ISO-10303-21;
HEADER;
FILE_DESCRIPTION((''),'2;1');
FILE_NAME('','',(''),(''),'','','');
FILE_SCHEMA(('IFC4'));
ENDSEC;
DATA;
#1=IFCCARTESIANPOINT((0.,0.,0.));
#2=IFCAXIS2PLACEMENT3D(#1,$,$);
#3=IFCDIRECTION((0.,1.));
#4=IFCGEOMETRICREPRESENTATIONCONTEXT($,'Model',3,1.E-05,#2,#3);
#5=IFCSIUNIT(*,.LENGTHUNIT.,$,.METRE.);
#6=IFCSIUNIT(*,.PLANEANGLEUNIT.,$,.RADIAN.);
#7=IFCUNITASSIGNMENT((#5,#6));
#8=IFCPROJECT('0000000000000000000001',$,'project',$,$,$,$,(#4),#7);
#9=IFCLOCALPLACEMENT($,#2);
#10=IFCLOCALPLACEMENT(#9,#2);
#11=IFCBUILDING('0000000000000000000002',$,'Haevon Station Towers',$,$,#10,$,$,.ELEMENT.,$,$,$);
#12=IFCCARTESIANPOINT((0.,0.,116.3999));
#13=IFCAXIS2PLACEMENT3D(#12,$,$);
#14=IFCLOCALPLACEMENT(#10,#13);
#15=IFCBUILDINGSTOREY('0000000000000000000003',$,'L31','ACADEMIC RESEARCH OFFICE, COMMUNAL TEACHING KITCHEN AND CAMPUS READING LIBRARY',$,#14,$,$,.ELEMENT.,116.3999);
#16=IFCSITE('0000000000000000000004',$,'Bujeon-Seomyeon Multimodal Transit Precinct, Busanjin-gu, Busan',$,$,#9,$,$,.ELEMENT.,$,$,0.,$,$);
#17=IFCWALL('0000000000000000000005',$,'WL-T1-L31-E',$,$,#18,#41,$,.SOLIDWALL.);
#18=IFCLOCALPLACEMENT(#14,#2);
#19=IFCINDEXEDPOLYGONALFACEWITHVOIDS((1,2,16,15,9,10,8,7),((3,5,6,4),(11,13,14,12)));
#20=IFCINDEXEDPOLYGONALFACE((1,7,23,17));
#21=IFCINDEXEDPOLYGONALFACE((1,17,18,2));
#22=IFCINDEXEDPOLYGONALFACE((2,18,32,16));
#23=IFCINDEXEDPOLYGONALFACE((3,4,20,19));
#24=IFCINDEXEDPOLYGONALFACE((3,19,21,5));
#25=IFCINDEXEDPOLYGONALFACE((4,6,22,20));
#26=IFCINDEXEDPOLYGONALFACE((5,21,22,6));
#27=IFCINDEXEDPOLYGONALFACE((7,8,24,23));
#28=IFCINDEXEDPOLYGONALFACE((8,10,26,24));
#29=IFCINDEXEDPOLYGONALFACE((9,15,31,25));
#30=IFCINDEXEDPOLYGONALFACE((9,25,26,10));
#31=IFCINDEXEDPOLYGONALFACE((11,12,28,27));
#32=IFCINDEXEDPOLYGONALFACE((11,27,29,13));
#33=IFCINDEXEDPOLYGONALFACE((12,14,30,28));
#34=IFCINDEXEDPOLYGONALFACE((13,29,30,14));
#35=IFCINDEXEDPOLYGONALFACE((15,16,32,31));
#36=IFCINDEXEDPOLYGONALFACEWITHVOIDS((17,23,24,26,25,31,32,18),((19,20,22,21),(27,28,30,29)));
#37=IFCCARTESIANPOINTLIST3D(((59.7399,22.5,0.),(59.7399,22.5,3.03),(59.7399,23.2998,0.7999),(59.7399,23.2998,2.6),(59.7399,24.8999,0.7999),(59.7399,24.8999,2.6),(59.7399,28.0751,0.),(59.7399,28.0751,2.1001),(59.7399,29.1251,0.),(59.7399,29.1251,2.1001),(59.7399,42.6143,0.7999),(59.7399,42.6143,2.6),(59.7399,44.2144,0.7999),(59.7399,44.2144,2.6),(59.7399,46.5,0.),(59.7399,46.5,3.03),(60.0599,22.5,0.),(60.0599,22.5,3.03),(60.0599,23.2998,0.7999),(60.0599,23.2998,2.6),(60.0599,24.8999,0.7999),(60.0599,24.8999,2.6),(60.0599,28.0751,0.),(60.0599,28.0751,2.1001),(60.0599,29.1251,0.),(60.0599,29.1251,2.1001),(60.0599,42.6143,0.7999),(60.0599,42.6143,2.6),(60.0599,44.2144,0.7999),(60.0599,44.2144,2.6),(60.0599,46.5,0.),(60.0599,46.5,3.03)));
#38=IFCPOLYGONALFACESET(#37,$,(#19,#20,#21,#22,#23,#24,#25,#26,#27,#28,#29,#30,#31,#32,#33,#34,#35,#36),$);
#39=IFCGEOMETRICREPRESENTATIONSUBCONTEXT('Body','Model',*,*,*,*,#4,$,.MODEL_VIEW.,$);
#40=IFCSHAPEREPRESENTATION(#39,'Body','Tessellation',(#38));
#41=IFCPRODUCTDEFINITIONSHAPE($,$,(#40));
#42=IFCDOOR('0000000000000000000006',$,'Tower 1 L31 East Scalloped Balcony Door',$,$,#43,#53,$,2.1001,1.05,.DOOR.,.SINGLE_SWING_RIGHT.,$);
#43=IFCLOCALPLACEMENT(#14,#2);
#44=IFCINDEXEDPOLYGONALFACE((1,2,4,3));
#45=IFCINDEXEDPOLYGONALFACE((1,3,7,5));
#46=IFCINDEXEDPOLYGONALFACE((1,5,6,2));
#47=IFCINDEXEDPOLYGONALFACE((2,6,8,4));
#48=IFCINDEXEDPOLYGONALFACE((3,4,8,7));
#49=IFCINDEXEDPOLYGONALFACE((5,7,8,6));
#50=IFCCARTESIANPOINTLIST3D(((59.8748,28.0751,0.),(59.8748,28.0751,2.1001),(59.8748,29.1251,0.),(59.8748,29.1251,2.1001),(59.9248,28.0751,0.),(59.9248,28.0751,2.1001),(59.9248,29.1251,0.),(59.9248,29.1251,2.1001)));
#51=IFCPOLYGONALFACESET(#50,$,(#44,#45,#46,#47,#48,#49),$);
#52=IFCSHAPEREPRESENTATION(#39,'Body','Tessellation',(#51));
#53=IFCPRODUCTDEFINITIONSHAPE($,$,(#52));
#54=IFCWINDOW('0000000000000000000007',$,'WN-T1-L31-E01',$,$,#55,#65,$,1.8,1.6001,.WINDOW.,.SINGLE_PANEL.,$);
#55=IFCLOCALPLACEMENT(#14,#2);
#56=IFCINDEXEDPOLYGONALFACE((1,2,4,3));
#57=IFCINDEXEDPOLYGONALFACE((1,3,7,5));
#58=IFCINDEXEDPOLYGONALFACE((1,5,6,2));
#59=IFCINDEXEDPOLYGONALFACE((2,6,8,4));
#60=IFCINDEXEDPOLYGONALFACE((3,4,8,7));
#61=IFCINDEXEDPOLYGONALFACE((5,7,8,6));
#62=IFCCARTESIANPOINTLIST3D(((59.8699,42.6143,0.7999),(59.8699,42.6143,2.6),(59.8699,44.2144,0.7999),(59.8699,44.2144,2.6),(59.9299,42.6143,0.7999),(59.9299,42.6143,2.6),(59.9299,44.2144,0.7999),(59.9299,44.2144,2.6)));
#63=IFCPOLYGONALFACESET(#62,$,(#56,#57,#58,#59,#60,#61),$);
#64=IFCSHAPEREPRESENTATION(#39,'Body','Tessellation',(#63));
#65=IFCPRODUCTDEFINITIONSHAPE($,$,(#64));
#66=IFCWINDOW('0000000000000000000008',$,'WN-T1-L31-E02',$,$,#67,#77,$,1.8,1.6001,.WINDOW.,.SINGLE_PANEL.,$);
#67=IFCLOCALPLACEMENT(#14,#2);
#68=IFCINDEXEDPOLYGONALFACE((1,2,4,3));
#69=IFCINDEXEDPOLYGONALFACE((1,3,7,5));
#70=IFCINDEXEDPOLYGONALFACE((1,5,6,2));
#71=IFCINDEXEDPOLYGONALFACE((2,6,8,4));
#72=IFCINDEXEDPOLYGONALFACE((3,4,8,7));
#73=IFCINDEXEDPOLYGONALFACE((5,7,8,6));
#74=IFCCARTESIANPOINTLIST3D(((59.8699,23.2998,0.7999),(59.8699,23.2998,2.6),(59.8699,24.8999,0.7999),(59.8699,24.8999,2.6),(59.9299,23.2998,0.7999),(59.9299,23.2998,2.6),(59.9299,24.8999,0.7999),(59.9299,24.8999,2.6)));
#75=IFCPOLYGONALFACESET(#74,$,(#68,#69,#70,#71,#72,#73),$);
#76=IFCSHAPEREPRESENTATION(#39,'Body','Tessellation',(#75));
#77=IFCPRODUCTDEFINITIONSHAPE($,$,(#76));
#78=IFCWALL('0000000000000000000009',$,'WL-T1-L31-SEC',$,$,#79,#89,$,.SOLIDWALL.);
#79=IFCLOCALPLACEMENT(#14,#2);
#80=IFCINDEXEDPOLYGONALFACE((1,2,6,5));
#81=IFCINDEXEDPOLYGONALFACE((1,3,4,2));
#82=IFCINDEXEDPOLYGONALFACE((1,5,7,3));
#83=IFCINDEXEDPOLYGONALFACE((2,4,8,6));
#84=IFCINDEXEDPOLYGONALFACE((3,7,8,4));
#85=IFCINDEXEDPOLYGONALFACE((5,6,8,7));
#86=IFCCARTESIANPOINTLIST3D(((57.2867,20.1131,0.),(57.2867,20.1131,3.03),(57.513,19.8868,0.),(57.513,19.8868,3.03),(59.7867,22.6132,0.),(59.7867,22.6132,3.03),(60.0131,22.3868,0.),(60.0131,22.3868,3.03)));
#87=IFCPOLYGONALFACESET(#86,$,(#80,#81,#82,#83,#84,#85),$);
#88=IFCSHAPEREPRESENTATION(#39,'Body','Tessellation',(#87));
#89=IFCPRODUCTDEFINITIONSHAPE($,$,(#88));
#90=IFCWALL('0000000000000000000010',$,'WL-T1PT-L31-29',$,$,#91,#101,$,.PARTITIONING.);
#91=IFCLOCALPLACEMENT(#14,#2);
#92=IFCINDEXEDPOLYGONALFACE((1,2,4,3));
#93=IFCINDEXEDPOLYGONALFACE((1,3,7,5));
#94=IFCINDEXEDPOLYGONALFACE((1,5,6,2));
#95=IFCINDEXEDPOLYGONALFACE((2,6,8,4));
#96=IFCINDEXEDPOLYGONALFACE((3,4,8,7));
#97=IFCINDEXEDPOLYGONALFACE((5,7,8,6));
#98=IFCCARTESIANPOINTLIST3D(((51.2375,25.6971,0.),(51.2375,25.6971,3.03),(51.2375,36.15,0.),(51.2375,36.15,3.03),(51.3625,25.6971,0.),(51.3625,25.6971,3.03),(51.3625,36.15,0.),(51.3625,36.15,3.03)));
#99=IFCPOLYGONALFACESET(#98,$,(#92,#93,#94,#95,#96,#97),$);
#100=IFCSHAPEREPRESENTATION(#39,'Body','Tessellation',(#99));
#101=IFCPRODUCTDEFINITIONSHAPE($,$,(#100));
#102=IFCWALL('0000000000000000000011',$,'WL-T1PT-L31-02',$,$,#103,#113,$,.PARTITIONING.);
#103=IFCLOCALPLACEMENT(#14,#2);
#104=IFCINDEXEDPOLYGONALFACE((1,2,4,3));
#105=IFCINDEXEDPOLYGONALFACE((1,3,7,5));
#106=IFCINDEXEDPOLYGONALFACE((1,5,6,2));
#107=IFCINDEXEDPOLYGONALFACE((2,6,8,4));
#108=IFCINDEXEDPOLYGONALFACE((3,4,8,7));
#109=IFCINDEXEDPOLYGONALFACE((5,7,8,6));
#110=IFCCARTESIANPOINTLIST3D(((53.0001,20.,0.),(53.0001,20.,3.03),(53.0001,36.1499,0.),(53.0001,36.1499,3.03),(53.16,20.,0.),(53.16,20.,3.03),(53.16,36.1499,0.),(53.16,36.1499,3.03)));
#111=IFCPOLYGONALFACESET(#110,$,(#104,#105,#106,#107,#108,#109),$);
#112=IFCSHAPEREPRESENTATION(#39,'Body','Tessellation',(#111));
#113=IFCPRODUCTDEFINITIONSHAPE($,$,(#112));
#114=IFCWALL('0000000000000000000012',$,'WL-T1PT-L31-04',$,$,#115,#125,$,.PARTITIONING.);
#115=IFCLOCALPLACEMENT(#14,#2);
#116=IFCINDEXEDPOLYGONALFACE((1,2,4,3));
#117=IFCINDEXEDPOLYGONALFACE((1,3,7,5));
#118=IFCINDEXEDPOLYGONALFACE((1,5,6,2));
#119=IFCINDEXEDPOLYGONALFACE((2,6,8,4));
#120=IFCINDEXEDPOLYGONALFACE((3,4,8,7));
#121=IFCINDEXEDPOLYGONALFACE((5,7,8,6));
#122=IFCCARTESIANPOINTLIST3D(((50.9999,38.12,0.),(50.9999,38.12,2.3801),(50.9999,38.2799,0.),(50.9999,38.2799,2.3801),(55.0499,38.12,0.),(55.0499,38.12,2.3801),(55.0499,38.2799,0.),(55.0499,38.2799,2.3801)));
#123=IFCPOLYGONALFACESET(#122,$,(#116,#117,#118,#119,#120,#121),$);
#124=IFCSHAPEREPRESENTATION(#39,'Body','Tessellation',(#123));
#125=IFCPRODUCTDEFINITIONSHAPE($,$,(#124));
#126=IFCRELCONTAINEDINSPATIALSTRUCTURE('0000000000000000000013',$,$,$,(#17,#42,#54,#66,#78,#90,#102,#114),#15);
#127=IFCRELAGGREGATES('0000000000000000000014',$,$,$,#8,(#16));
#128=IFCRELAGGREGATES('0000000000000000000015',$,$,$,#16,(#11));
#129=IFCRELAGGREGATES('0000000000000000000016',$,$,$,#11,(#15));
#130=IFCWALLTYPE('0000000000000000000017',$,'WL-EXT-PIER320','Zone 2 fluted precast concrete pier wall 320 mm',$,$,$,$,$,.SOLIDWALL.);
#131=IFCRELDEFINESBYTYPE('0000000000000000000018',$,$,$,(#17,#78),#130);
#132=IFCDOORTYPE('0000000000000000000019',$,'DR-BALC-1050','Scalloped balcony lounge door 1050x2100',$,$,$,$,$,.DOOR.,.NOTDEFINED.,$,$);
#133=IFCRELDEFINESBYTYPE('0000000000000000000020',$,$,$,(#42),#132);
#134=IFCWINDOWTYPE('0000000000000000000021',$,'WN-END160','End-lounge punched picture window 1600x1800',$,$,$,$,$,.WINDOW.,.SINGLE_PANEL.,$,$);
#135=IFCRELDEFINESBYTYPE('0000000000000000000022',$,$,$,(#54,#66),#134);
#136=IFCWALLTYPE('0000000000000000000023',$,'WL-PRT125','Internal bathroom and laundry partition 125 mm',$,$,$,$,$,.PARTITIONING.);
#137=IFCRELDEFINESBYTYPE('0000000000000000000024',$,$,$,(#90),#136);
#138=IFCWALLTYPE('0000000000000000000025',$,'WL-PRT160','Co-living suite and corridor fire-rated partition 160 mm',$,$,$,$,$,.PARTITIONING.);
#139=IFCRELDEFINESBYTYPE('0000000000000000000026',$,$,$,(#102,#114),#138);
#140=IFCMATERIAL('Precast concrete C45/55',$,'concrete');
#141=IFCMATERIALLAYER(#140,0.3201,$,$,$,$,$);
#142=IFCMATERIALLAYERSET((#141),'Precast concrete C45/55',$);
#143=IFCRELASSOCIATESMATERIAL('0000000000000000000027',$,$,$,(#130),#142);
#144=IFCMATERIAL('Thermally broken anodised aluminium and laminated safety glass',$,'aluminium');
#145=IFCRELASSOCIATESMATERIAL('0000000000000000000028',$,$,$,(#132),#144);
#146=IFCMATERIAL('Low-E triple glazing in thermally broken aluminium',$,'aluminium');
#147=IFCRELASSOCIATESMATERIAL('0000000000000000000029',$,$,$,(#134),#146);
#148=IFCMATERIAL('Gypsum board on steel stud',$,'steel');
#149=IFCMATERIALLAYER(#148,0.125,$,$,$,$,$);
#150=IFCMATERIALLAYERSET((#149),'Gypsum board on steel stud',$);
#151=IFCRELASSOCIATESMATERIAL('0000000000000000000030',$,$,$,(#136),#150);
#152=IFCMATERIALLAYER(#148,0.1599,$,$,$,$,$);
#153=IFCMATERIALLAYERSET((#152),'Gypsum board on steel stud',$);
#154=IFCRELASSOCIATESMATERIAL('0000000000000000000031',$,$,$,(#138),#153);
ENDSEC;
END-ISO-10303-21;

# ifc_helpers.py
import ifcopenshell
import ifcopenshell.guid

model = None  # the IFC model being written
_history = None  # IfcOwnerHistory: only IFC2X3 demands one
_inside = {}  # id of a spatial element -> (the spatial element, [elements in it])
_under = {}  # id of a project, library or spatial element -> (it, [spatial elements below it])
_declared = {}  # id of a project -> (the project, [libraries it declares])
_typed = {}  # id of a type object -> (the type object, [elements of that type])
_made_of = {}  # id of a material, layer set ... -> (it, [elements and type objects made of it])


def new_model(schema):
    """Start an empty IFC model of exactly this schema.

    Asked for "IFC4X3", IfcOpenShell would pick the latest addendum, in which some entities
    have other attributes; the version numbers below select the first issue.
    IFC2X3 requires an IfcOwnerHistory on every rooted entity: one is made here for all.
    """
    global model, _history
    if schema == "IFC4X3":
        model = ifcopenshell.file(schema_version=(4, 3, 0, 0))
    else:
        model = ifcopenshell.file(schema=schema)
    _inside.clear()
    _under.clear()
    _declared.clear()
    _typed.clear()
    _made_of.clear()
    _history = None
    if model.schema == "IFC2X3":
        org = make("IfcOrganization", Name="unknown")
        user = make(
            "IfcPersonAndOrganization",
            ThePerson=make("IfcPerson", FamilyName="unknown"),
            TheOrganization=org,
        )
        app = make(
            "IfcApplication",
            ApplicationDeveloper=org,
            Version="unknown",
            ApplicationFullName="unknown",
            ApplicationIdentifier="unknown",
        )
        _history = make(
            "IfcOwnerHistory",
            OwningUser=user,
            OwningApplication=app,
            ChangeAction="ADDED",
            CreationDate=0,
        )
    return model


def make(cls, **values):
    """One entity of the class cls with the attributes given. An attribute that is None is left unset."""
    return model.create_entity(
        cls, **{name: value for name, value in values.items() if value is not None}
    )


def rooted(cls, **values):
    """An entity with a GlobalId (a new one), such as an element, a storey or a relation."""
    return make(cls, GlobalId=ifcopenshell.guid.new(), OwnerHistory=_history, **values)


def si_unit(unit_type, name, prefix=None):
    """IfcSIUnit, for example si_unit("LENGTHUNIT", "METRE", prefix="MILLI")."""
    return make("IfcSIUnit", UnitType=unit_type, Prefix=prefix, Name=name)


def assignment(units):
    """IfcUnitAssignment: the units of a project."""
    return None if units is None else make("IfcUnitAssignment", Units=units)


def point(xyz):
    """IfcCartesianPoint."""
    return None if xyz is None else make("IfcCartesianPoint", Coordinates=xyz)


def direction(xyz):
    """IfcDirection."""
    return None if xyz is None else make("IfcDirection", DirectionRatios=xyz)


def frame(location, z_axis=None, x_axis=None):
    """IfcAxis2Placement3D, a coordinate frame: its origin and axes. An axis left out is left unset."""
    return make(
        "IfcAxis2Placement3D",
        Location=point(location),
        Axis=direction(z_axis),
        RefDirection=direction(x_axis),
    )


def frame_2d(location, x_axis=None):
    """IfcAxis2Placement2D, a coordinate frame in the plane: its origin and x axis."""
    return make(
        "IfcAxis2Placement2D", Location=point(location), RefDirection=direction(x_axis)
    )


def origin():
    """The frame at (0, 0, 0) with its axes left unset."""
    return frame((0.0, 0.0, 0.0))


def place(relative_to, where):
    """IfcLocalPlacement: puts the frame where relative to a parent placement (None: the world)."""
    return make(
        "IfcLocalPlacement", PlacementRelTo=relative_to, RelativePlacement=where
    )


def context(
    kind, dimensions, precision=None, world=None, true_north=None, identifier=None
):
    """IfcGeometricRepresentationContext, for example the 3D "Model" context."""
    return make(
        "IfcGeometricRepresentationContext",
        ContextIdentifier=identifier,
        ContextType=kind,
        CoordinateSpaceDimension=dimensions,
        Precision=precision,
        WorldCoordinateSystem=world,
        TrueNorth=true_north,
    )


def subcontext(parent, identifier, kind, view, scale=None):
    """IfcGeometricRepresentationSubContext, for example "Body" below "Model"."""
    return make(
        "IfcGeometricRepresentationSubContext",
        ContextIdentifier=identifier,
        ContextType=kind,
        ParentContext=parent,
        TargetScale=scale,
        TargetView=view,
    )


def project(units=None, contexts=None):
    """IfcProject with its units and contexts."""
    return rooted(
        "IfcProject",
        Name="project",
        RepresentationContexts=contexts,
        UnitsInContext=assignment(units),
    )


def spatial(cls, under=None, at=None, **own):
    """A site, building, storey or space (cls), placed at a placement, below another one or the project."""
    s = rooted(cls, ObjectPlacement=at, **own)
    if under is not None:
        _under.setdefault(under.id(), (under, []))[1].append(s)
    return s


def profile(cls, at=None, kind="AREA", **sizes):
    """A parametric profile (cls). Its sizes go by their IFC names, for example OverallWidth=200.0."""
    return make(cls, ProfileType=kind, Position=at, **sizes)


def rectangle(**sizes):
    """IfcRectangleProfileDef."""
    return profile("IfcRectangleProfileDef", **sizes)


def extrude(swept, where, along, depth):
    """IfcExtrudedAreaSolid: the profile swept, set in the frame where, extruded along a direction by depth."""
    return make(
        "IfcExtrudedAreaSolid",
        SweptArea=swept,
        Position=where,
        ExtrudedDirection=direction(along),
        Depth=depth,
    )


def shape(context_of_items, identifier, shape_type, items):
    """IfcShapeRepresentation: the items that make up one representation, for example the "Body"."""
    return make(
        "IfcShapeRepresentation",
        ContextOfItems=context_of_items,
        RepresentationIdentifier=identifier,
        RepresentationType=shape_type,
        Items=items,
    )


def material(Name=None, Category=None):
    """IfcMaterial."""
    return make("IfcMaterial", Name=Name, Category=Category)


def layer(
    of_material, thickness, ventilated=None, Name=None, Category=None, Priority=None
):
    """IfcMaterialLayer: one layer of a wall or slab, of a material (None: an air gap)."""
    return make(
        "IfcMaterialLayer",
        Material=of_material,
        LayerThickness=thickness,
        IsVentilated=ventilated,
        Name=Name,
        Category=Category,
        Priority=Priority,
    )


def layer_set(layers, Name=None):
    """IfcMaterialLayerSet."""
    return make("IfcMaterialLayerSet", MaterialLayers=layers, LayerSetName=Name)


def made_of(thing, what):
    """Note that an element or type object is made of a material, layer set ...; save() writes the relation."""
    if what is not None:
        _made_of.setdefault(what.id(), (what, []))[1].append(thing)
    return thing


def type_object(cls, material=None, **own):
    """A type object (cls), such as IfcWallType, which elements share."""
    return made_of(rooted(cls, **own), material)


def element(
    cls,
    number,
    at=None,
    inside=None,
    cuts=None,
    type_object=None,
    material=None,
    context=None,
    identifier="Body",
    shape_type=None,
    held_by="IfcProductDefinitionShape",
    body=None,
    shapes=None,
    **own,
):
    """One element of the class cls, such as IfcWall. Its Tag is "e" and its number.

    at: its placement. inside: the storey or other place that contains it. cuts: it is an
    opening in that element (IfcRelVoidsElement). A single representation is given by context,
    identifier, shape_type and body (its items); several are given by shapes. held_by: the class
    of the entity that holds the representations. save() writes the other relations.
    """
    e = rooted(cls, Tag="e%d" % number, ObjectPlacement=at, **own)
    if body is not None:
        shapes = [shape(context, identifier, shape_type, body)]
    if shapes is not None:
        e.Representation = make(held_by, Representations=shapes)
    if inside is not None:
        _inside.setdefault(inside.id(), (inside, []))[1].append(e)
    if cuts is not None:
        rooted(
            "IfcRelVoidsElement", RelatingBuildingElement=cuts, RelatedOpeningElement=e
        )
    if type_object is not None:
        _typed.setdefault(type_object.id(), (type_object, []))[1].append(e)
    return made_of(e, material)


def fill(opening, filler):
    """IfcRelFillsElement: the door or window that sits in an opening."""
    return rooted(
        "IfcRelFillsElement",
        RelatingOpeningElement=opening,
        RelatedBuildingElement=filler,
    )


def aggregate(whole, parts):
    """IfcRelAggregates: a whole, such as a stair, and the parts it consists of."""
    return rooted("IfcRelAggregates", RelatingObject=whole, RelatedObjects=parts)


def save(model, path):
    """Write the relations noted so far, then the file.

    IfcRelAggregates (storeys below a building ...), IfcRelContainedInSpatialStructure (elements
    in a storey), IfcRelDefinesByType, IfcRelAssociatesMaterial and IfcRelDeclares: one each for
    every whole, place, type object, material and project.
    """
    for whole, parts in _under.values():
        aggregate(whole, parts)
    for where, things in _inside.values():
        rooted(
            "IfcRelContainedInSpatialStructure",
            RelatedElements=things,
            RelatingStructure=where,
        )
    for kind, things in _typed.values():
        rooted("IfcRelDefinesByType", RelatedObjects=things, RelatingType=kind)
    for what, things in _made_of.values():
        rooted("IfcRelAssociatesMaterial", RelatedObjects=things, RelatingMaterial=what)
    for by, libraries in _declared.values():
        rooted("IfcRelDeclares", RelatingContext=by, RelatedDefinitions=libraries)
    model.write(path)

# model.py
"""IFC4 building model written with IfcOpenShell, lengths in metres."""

from ifc_helpers import new_model, si_unit, direction, frame, frame_2d, origin, place, context, subcontext, project, spatial, rectangle, extrude, material, layer, layer_set, type_object, element, fill, save


model = new_model("IFC4")

# Units and contexts
model_context = context("Model", 3, precision=1e-05, world=origin(), true_north=direction((0.0, 1.0)))
body_context = subcontext(model_context, "Body", "Model", "MODEL_VIEW")
ifc_project = project(units=[si_unit("LENGTHUNIT", "METRE"), si_unit("PLANEANGLEUNIT", "RADIAN")], contexts=[model_context])

# Site, building, storey
site_placement = place(None, origin())
site = spatial("IfcSite", under=ifc_project, at=site_placement, Name="Bujeon-Seomyeon Multimodal Transit Precinct, Busanjin-gu, Busan", CompositionType="ELEMENT", RefElevation=0.0)
building_placement = place(site_placement, origin())
building = spatial("IfcBuilding", under=site, at=building_placement, Name="Haevon Station Towers", CompositionType="ELEMENT")
storey_placement = place(building_placement, frame((0.0, 0.0, 116.3999)))
storey = spatial("IfcBuildingStorey", under=building, at=storey_placement, Name="L31", Description="ACADEMIC RESEARCH OFFICE, COMMUNAL TEACHING KITCHEN AND CAMPUS READING LIBRARY", CompositionType="ELEMENT", Elevation=116.3999)

# Shared definitions
ifc_material_1 = material(Name="Gypsum board on steel stud", Category="steel")

# Shared definitions
ifc_material_2 = material(Name="Precast concrete C45/55", Category="concrete")
ifc_layer_1 = layer(ifc_material_2, 0.3201)
ifc_layer_set_1 = layer_set([ifc_layer_1], Name="Precast concrete C45/55")
wall_type_1 = type_object("IfcWallType", Name="WL-EXT-PIER320", Description="Zone 2 fluted precast concrete pier wall 320 mm", PredefinedType="SOLIDWALL", material=ifc_layer_set_1)
ifc_material_3 = material(Name="Low-E triple glazing in thermally broken aluminium", Category="aluminium")

# Wall, openings, door, windows
wall_1_placement = place(storey_placement, frame((59.8999, 46.5, 0.0), z_axis=(0.0, 0.0, 1.0), x_axis=(0.0, -1.0, 0.0)))
wall_1 = element("IfcWall", 1, at=wall_1_placement, inside=storey, type_object=wall_type_1, Name="WL-T1-L31-E", PredefinedType="SOLIDWALL", context=body_context, shape_type="SweptSolid", body=[
    extrude(rectangle(XDim=24.0, YDim=0.3201, at=frame_2d((12.0, 0.0))), origin(), (0.0, 0.0, 1.0), 3.03),
])
opening_1_placement = place(wall_1_placement, frame((17.375, 0.0, 0.0)))
opening_1 = element("IfcOpeningElement", 2, at=opening_1_placement, cuts=wall_1, PredefinedType="OPENING", context=body_context, shape_type="SweptSolid", body=[
    extrude(rectangle(XDim=1.05, YDim=2.1001, at=frame_2d((0.5249, 1.05))), frame((0.0, 0.1699, 0.0), z_axis=(0.0, -1.0, 0.0), x_axis=(1.0, 0.0, 0.0)), (0.0, 0.0, 1.0), 0.3401),
])
opening_2_placement = place(wall_1_placement, frame((2.2856, 0.0, 0.8)))
opening_2 = element("IfcOpeningElement", 3, at=opening_2_placement, cuts=wall_1, PredefinedType="OPENING", context=body_context, shape_type="SweptSolid", body=[
    extrude(rectangle(XDim=1.6001, YDim=1.8, at=frame_2d((0.8, 0.8999))), frame((0.0, 0.1699, 0.0), z_axis=(0.0, -1.0, 0.0), x_axis=(1.0, 0.0, 0.0)), (0.0, 0.0, 1.0), 0.3401),
])
opening_3_placement = place(wall_1_placement, frame((21.6001, 0.0, 0.8)))
opening_3 = element("IfcOpeningElement", 4, at=opening_3_placement, cuts=wall_1, PredefinedType="OPENING", context=body_context, shape_type="SweptSolid", body=[
    extrude(rectangle(XDim=1.6001, YDim=1.8, at=frame_2d((0.8, 0.8999))), frame((0.0, 0.1699, 0.0), z_axis=(0.0, -1.0, 0.0), x_axis=(1.0, 0.0, 0.0)), (0.0, 0.0, 1.0), 0.3401),
])
ifc_material_4 = material(Name="Thermally broken anodised aluminium and laminated safety glass", Category="aluminium")
door_type_1 = type_object("IfcDoorType", Name="DR-BALC-1050", Description="Scalloped balcony lounge door 1050x2100", OperationType="NOTDEFINED", PredefinedType="DOOR", material=ifc_material_4)
door_1_placement = place(opening_1_placement, origin())
door_1 = element("IfcDoor", 5, at=door_1_placement, inside=storey, type_object=door_type_1, Name="Tower 1 L31 East Scalloped Balcony Door", OperationType="SINGLE_SWING_RIGHT", OverallHeight=2.1001, OverallWidth=1.05, PredefinedType="DOOR", context=body_context, shape_type="SweptSolid", body=[
    extrude(rectangle(XDim=1.05, YDim=2.1001, at=frame_2d((0.5249, 1.05))), frame((0.0, 0.0249, 0.0), z_axis=(0.0, -1.0, 0.0), x_axis=(1.0, 0.0, 0.0)), (0.0, 0.0, 1.0), 0.05),
])
fill(opening_1, door_1)
window_type_1 = type_object("IfcWindowType", Name="WN-END160", Description="End-lounge punched picture window 1600x1800", PartitioningType="SINGLE_PANEL", PredefinedType="WINDOW", material=ifc_material_3)
window_1_placement = place(opening_2_placement, origin())
window_1 = element("IfcWindow", 6, at=window_1_placement, inside=storey, type_object=window_type_1, Name="WN-T1-L31-E01", OverallHeight=1.8, OverallWidth=1.6001, PartitioningType="SINGLE_PANEL", PredefinedType="WINDOW", context=body_context, shape_type="SweptSolid", body=[
    extrude(rectangle(XDim=1.6001, YDim=1.8, at=frame_2d((0.8, 0.8999))), frame((0.0, 0.03, 0.0), z_axis=(0.0, -1.0, 0.0), x_axis=(1.0, 0.0, 0.0)), (0.0, 0.0, 1.0), 0.0601),
])
fill(opening_2, window_1)
window_2_placement = place(opening_3_placement, origin())
window_2 = element("IfcWindow", 7, at=window_2_placement, inside=storey, type_object=window_type_1, Name="WN-T1-L31-E02", OverallHeight=1.8, OverallWidth=1.6001, PartitioningType="SINGLE_PANEL", PredefinedType="WINDOW", context=body_context, shape_type="SweptSolid", body=[
    extrude(rectangle(XDim=1.6001, YDim=1.8, at=frame_2d((0.8, 0.8999))), frame((0.0, 0.03, 0.0), z_axis=(0.0, -1.0, 0.0), x_axis=(1.0, 0.0, 0.0)), (0.0, 0.0, 1.0), 0.0601),
])
fill(opening_3, window_2)

# Walls
wall_2_placement = place(storey_placement, frame((59.8999, 22.5, 0.0), z_axis=(0.0, 0.0, 1.0), x_axis=(-0.707107, -0.707107, 0.0)))
element("IfcWall", 8, at=wall_2_placement, inside=storey, type_object=wall_type_1, Name="WL-T1-L31-SEC", PredefinedType="SOLIDWALL", context=body_context, shape_type="SweptSolid", body=[
    extrude(rectangle(XDim=3.5356, YDim=0.3201, at=frame_2d((1.7678, 0.0))), origin(), (0.0, 0.0, 1.0), 3.03),
])
ifc_layer_2 = layer(ifc_material_1, 0.125)
ifc_layer_set_2 = layer_set([ifc_layer_2], Name="Gypsum board on steel stud")
wall_type_2 = type_object("IfcWallType", Name="WL-PRT125", Description="Internal bathroom and laundry partition 125 mm", PredefinedType="PARTITIONING", material=ifc_layer_set_2)
wall_3_placement = place(storey_placement, frame((51.3, 25.697, 0.0), z_axis=(0.0, 0.0, 1.0), x_axis=(0.0, 1.0, 0.0)))
element("IfcWall", 9, at=wall_3_placement, inside=storey, type_object=wall_type_2, Name="WL-T1PT-L31-29", PredefinedType="PARTITIONING", context=body_context, shape_type="SweptSolid", body=[
    extrude(rectangle(XDim=10.4529, YDim=0.125, at=frame_2d((5.2266, 0.0))), origin(), (0.0, 0.0, 1.0), 3.03),
])
ifc_layer_3 = layer(ifc_material_1, 0.1599)
ifc_layer_set_3 = layer_set([ifc_layer_3], Name="Gypsum board on steel stud")
wall_type_3 = type_object("IfcWallType", Name="WL-PRT160", Description="Co-living suite and corridor fire-rated partition 160 mm", PredefinedType="PARTITIONING", material=ifc_layer_set_3)
wall_4_placement = place(storey_placement, frame((53.0801, 20.0, 0.0), z_axis=(0.0, 0.0, 1.0), x_axis=(0.0, 1.0, 0.0)))
element("IfcWall", 10, at=wall_4_placement, inside=storey, type_object=wall_type_3, Name="WL-T1PT-L31-02", PredefinedType="PARTITIONING", context=body_context, shape_type="SweptSolid", body=[
    extrude(rectangle(XDim=16.1499, YDim=0.1599, at=frame_2d((8.075, 0.0))), origin(), (0.0, 0.0, 1.0), 3.03),
])
wall_5_placement = place(storey_placement, frame((51.0, 38.2, 0.0), z_axis=(0.0, 0.0, 1.0), x_axis=(1.0, 0.0, 0.0)))
element("IfcWall", 11, at=wall_5_placement, inside=storey, type_object=wall_type_3, Name="WL-T1PT-L31-04", PredefinedType="PARTITIONING", context=body_context, shape_type="SweptSolid", body=[
    extrude(rectangle(XDim=4.05, YDim=0.1599, at=frame_2d((2.0249, 0.0))), origin(), (0.0, 0.0, 1.0), 2.3801),
])

save(model, "model.ifc")
